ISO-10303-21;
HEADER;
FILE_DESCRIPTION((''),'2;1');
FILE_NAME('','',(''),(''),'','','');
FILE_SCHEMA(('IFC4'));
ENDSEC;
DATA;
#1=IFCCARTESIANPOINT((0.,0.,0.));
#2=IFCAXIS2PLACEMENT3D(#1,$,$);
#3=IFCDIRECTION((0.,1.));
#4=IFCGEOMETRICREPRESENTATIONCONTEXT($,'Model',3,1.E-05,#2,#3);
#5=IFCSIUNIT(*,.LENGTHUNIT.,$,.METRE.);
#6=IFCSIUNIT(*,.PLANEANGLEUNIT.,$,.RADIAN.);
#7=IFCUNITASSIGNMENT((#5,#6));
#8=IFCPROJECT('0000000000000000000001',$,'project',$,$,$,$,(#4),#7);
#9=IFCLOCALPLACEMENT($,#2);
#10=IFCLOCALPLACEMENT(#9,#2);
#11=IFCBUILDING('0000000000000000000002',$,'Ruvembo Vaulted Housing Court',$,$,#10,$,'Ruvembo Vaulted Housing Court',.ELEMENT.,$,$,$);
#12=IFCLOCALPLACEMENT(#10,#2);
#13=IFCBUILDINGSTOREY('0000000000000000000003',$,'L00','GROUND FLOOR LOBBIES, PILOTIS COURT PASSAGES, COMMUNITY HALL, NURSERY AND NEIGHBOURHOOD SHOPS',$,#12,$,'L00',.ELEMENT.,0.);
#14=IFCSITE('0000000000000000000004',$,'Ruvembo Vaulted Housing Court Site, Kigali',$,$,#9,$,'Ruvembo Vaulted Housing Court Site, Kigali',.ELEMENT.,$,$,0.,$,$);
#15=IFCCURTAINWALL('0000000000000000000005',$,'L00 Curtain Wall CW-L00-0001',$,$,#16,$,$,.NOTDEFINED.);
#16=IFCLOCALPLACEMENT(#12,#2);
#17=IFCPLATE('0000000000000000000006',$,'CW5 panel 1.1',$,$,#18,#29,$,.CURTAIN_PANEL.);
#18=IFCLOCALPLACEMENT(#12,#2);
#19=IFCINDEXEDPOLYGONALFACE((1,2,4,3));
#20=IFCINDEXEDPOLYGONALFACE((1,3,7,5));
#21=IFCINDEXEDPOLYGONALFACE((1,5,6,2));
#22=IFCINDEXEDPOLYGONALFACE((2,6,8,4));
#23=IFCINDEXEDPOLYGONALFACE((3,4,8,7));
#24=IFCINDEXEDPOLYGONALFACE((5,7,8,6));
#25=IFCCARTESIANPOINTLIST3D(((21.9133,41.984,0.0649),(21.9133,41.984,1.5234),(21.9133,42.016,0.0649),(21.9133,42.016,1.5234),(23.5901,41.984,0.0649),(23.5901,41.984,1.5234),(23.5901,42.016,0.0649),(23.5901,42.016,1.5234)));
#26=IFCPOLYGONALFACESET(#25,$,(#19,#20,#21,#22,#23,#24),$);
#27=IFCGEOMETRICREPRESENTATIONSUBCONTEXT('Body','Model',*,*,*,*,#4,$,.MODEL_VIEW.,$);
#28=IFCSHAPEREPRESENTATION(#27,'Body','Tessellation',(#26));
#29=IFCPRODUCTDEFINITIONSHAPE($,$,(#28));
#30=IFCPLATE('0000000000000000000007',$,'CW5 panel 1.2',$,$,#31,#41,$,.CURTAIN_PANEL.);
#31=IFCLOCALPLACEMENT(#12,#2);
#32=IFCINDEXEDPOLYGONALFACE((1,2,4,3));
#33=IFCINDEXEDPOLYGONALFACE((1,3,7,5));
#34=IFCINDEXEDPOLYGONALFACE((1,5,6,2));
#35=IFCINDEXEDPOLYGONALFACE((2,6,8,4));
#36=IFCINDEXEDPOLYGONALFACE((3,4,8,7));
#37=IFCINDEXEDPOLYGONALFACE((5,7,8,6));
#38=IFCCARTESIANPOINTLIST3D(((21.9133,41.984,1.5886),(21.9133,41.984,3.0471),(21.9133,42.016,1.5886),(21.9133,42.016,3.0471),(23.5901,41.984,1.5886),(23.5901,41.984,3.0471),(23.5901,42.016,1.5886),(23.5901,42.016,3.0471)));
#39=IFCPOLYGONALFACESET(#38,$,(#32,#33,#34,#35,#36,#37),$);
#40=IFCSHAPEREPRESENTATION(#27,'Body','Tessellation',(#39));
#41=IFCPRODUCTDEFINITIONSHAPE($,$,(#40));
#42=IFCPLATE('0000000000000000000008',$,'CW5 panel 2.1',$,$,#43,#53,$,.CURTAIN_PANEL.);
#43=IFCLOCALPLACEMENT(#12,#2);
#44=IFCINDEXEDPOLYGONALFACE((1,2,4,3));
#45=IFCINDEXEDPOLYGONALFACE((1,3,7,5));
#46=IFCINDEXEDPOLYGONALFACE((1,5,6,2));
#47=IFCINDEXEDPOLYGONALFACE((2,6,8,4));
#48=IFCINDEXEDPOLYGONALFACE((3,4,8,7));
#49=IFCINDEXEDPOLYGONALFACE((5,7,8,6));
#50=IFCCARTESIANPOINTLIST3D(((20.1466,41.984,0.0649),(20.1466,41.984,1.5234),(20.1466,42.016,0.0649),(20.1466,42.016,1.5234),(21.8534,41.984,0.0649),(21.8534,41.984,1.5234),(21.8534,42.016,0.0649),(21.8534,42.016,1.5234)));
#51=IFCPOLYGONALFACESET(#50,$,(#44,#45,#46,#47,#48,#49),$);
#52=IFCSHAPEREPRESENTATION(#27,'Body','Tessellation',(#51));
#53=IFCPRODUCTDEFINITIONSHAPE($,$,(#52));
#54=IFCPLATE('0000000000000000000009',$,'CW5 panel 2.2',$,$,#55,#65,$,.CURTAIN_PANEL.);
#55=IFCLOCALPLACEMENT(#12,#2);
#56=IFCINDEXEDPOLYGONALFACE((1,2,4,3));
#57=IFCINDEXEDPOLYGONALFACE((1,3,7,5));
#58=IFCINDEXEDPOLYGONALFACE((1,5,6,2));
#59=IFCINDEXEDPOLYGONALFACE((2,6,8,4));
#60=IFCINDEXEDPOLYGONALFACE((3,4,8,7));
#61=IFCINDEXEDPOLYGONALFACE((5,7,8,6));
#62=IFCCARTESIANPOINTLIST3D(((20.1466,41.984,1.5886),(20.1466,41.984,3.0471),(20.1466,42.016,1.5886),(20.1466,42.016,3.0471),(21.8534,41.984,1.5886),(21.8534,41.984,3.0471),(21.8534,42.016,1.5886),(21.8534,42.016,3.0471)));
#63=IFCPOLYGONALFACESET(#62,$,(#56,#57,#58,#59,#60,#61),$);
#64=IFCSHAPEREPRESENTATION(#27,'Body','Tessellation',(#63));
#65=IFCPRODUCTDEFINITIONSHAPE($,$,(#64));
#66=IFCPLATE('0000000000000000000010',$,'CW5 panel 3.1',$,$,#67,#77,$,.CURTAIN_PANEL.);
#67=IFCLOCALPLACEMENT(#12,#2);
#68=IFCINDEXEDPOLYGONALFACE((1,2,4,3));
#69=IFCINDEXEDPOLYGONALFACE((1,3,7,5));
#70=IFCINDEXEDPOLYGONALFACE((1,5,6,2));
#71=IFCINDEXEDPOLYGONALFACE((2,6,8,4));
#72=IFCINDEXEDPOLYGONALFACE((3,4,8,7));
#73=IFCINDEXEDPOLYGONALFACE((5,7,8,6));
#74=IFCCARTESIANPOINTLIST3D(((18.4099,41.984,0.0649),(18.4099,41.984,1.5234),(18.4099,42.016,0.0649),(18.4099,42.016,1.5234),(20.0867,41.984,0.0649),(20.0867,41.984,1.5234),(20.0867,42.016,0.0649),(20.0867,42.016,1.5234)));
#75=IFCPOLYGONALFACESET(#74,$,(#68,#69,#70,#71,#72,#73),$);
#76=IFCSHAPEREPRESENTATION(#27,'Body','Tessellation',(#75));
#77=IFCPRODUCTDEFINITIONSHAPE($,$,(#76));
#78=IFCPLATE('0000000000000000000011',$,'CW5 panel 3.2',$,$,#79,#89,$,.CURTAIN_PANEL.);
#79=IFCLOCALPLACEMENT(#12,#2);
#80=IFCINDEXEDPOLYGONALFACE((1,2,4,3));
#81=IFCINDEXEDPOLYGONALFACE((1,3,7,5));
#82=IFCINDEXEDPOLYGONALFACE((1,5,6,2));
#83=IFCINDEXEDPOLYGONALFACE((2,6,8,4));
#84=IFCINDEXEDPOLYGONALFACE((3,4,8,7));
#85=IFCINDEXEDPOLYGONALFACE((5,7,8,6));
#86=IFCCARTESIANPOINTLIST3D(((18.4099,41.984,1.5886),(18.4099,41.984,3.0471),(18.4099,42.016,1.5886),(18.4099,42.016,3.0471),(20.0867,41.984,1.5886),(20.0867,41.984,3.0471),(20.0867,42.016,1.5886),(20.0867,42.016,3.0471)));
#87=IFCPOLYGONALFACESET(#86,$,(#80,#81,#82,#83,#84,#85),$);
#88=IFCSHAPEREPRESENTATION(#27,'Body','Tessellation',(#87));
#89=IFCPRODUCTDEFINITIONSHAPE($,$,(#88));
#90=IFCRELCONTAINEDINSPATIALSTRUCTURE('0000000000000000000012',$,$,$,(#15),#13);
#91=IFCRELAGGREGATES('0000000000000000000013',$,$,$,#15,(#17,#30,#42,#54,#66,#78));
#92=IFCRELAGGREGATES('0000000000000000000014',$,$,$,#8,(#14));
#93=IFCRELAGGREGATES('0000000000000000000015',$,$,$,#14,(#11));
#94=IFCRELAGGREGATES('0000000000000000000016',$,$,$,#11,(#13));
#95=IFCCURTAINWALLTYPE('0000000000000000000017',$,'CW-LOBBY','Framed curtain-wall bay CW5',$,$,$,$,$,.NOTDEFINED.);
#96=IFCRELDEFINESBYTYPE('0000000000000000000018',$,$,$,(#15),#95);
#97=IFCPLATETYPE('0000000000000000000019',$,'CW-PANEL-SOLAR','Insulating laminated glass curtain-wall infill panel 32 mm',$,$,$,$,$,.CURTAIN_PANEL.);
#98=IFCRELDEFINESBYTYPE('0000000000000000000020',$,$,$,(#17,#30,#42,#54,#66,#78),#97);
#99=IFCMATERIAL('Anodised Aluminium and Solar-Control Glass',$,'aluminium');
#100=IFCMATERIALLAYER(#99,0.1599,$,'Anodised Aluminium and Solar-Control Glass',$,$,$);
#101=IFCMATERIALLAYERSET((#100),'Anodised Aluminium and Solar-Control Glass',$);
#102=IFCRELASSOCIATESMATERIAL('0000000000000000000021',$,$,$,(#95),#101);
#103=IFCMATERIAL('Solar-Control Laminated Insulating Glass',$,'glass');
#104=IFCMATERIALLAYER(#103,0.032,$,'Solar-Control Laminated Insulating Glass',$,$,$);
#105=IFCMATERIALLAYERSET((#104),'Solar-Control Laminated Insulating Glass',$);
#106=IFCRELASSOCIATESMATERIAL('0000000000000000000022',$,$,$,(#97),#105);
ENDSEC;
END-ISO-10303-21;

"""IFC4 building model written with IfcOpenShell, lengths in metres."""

from ifc_helpers import new_model, si_unit, direction, frame, origin, origin_2d, place, context, subcontext, project, spatial, rectangle, extrude, material, layer, layer_set, type_object, element, aggregate, save


model = new_model("IFC4")

# Units and contexts
model_context = context("Model", 3, precision=1e-05, world=origin(), true_north=direction((0.0, 1.0)))
body_context = subcontext(model_context, "Body", "Model", "MODEL_VIEW")
ifc_project = project(units=[si_unit("LENGTHUNIT", "METRE"), si_unit("PLANEANGLEUNIT", "RADIAN")], contexts=[model_context])

# Site, building, storey
site_placement = place(None, origin())
site = spatial("IfcSite", under=ifc_project, at=site_placement, Name="Ruvembo Vaulted Housing Court Site, Kigali", LongName="Ruvembo Vaulted Housing Court Site, Kigali", CompositionType="ELEMENT", RefElevation=0.0)
building_placement = place(site_placement, origin())
building = spatial("IfcBuilding", under=site, at=building_placement, Name="Ruvembo Vaulted Housing Court", LongName="Ruvembo Vaulted Housing Court", CompositionType="ELEMENT")
storey_placement = place(building_placement, origin())
storey = spatial("IfcBuildingStorey", under=building, at=storey_placement, Name="L00", Description="GROUND FLOOR LOBBIES, PILOTIS COURT PASSAGES, COMMUNITY HALL, NURSERY AND NEIGHBOURHOOD SHOPS", LongName="L00", CompositionType="ELEMENT", Elevation=0.0)

# Curtain wall
ifc_material_1 = material(Name="Anodised Aluminium and Solar-Control Glass", Category="aluminium")
ifc_layer_1 = layer(ifc_material_1, 0.1599, Name="Anodised Aluminium and Solar-Control Glass")
ifc_layer_set_1 = layer_set([ifc_layer_1], Name="Anodised Aluminium and Solar-Control Glass")
curtain_wall_type = type_object("IfcCurtainWallType", Name="CW-LOBBY", Description="Framed curtain-wall bay CW5", PredefinedType="NOTDEFINED", material=ifc_layer_set_1)
curtain_wall_1_placement = place(storey_placement, origin())
curtain_wall_1 = element("IfcCurtainWall", 1, at=curtain_wall_1_placement, inside=storey, type_object=curtain_wall_type, Name="L00 Curtain Wall CW-L00-0001", PredefinedType="NOTDEFINED")

# Plates
ifc_material_2 = material(Name="Solar-Control Laminated Insulating Glass", Category="glass")
ifc_layer_2 = layer(ifc_material_2, 0.032, Name="Solar-Control Laminated Insulating Glass")
ifc_layer_set_2 = layer_set([ifc_layer_2], Name="Solar-Control Laminated Insulating Glass")
plate_type_1 = type_object("IfcPlateType", Name="CW-PANEL-SOLAR", Description="Insulating laminated glass curtain-wall infill panel 32 mm", PredefinedType="CURTAIN_PANEL", material=ifc_layer_set_2)
plate_1_placement = place(storey_placement, frame((22.7517, 42.0, 0.0649), z_axis=(0.0, 0.0, 1.0), x_axis=(-1.0, 0.0, 0.0)))
plate_1 = element("IfcPlate", 2, at=plate_1_placement, type_object=plate_type_1, Name="CW5 panel 1.1", PredefinedType="CURTAIN_PANEL", context=body_context, shape_type="SweptSolid", body=[
    extrude(rectangle(XDim=1.6768, YDim=0.032, at=origin_2d()), origin(), (0.0, 0.0, 1.0), 1.4585),
])
plate_2_placement = place(storey_placement, frame((22.7517, 42.0, 1.5886), z_axis=(0.0, 0.0, 1.0), x_axis=(-1.0, 0.0, 0.0)))
plate_2 = element("IfcPlate", 3, at=plate_2_placement, type_object=plate_type_1, Name="CW5 panel 1.2", PredefinedType="CURTAIN_PANEL", context=body_context, shape_type="SweptSolid", body=[
    extrude(rectangle(XDim=1.6768, YDim=0.032, at=origin_2d()), origin(), (0.0, 0.0, 1.0), 1.4585),
])
plate_3_placement = place(storey_placement, frame((21.0, 42.0, 0.0649), z_axis=(0.0, 0.0, 1.0), x_axis=(-1.0, 0.0, 0.0)))
plate_3 = element("IfcPlate", 4, at=plate_3_placement, type_object=plate_type_1, Name="CW5 panel 2.1", PredefinedType="CURTAIN_PANEL", context=body_context, shape_type="SweptSolid", body=[
    extrude(rectangle(XDim=1.7068, YDim=0.032, at=origin_2d()), origin(), (0.0, 0.0, 1.0), 1.4585),
])
plate_4_placement = place(storey_placement, frame((21.0, 42.0, 1.5886), z_axis=(0.0, 0.0, 1.0), x_axis=(-1.0, 0.0, 0.0)))
plate_4 = element("IfcPlate", 5, at=plate_4_placement, type_object=plate_type_1, Name="CW5 panel 2.2", PredefinedType="CURTAIN_PANEL", context=body_context, shape_type="SweptSolid", body=[
    extrude(rectangle(XDim=1.7068, YDim=0.032, at=origin_2d()), origin(), (0.0, 0.0, 1.0), 1.4585),
])
plate_5_placement = place(storey_placement, frame((19.2483, 42.0, 0.0649), z_axis=(0.0, 0.0, 1.0), x_axis=(-1.0, 0.0, 0.0)))
plate_5 = element("IfcPlate", 6, at=plate_5_placement, type_object=plate_type_1, Name="CW5 panel 3.1", PredefinedType="CURTAIN_PANEL", context=body_context, shape_type="SweptSolid", body=[
    extrude(rectangle(XDim=1.6768, YDim=0.032, at=origin_2d()), origin(), (0.0, 0.0, 1.0), 1.4585),
])
plate_6_placement = place(storey_placement, frame((19.2483, 42.0, 1.5886), z_axis=(0.0, 0.0, 1.0), x_axis=(-1.0, 0.0, 0.0)))
plate_6 = element("IfcPlate", 7, at=plate_6_placement, type_object=plate_type_1, Name="CW5 panel 3.2", PredefinedType="CURTAIN_PANEL", context=body_context, shape_type="SweptSolid", body=[
    extrude(rectangle(XDim=1.6768, YDim=0.032, at=origin_2d()), origin(), (0.0, 0.0, 1.0), 1.4585),
])
aggregate(curtain_wall_1, [plate_1, plate_2, plate_3, plate_4, plate_5, plate_6])

save(model, "model.ifc")
